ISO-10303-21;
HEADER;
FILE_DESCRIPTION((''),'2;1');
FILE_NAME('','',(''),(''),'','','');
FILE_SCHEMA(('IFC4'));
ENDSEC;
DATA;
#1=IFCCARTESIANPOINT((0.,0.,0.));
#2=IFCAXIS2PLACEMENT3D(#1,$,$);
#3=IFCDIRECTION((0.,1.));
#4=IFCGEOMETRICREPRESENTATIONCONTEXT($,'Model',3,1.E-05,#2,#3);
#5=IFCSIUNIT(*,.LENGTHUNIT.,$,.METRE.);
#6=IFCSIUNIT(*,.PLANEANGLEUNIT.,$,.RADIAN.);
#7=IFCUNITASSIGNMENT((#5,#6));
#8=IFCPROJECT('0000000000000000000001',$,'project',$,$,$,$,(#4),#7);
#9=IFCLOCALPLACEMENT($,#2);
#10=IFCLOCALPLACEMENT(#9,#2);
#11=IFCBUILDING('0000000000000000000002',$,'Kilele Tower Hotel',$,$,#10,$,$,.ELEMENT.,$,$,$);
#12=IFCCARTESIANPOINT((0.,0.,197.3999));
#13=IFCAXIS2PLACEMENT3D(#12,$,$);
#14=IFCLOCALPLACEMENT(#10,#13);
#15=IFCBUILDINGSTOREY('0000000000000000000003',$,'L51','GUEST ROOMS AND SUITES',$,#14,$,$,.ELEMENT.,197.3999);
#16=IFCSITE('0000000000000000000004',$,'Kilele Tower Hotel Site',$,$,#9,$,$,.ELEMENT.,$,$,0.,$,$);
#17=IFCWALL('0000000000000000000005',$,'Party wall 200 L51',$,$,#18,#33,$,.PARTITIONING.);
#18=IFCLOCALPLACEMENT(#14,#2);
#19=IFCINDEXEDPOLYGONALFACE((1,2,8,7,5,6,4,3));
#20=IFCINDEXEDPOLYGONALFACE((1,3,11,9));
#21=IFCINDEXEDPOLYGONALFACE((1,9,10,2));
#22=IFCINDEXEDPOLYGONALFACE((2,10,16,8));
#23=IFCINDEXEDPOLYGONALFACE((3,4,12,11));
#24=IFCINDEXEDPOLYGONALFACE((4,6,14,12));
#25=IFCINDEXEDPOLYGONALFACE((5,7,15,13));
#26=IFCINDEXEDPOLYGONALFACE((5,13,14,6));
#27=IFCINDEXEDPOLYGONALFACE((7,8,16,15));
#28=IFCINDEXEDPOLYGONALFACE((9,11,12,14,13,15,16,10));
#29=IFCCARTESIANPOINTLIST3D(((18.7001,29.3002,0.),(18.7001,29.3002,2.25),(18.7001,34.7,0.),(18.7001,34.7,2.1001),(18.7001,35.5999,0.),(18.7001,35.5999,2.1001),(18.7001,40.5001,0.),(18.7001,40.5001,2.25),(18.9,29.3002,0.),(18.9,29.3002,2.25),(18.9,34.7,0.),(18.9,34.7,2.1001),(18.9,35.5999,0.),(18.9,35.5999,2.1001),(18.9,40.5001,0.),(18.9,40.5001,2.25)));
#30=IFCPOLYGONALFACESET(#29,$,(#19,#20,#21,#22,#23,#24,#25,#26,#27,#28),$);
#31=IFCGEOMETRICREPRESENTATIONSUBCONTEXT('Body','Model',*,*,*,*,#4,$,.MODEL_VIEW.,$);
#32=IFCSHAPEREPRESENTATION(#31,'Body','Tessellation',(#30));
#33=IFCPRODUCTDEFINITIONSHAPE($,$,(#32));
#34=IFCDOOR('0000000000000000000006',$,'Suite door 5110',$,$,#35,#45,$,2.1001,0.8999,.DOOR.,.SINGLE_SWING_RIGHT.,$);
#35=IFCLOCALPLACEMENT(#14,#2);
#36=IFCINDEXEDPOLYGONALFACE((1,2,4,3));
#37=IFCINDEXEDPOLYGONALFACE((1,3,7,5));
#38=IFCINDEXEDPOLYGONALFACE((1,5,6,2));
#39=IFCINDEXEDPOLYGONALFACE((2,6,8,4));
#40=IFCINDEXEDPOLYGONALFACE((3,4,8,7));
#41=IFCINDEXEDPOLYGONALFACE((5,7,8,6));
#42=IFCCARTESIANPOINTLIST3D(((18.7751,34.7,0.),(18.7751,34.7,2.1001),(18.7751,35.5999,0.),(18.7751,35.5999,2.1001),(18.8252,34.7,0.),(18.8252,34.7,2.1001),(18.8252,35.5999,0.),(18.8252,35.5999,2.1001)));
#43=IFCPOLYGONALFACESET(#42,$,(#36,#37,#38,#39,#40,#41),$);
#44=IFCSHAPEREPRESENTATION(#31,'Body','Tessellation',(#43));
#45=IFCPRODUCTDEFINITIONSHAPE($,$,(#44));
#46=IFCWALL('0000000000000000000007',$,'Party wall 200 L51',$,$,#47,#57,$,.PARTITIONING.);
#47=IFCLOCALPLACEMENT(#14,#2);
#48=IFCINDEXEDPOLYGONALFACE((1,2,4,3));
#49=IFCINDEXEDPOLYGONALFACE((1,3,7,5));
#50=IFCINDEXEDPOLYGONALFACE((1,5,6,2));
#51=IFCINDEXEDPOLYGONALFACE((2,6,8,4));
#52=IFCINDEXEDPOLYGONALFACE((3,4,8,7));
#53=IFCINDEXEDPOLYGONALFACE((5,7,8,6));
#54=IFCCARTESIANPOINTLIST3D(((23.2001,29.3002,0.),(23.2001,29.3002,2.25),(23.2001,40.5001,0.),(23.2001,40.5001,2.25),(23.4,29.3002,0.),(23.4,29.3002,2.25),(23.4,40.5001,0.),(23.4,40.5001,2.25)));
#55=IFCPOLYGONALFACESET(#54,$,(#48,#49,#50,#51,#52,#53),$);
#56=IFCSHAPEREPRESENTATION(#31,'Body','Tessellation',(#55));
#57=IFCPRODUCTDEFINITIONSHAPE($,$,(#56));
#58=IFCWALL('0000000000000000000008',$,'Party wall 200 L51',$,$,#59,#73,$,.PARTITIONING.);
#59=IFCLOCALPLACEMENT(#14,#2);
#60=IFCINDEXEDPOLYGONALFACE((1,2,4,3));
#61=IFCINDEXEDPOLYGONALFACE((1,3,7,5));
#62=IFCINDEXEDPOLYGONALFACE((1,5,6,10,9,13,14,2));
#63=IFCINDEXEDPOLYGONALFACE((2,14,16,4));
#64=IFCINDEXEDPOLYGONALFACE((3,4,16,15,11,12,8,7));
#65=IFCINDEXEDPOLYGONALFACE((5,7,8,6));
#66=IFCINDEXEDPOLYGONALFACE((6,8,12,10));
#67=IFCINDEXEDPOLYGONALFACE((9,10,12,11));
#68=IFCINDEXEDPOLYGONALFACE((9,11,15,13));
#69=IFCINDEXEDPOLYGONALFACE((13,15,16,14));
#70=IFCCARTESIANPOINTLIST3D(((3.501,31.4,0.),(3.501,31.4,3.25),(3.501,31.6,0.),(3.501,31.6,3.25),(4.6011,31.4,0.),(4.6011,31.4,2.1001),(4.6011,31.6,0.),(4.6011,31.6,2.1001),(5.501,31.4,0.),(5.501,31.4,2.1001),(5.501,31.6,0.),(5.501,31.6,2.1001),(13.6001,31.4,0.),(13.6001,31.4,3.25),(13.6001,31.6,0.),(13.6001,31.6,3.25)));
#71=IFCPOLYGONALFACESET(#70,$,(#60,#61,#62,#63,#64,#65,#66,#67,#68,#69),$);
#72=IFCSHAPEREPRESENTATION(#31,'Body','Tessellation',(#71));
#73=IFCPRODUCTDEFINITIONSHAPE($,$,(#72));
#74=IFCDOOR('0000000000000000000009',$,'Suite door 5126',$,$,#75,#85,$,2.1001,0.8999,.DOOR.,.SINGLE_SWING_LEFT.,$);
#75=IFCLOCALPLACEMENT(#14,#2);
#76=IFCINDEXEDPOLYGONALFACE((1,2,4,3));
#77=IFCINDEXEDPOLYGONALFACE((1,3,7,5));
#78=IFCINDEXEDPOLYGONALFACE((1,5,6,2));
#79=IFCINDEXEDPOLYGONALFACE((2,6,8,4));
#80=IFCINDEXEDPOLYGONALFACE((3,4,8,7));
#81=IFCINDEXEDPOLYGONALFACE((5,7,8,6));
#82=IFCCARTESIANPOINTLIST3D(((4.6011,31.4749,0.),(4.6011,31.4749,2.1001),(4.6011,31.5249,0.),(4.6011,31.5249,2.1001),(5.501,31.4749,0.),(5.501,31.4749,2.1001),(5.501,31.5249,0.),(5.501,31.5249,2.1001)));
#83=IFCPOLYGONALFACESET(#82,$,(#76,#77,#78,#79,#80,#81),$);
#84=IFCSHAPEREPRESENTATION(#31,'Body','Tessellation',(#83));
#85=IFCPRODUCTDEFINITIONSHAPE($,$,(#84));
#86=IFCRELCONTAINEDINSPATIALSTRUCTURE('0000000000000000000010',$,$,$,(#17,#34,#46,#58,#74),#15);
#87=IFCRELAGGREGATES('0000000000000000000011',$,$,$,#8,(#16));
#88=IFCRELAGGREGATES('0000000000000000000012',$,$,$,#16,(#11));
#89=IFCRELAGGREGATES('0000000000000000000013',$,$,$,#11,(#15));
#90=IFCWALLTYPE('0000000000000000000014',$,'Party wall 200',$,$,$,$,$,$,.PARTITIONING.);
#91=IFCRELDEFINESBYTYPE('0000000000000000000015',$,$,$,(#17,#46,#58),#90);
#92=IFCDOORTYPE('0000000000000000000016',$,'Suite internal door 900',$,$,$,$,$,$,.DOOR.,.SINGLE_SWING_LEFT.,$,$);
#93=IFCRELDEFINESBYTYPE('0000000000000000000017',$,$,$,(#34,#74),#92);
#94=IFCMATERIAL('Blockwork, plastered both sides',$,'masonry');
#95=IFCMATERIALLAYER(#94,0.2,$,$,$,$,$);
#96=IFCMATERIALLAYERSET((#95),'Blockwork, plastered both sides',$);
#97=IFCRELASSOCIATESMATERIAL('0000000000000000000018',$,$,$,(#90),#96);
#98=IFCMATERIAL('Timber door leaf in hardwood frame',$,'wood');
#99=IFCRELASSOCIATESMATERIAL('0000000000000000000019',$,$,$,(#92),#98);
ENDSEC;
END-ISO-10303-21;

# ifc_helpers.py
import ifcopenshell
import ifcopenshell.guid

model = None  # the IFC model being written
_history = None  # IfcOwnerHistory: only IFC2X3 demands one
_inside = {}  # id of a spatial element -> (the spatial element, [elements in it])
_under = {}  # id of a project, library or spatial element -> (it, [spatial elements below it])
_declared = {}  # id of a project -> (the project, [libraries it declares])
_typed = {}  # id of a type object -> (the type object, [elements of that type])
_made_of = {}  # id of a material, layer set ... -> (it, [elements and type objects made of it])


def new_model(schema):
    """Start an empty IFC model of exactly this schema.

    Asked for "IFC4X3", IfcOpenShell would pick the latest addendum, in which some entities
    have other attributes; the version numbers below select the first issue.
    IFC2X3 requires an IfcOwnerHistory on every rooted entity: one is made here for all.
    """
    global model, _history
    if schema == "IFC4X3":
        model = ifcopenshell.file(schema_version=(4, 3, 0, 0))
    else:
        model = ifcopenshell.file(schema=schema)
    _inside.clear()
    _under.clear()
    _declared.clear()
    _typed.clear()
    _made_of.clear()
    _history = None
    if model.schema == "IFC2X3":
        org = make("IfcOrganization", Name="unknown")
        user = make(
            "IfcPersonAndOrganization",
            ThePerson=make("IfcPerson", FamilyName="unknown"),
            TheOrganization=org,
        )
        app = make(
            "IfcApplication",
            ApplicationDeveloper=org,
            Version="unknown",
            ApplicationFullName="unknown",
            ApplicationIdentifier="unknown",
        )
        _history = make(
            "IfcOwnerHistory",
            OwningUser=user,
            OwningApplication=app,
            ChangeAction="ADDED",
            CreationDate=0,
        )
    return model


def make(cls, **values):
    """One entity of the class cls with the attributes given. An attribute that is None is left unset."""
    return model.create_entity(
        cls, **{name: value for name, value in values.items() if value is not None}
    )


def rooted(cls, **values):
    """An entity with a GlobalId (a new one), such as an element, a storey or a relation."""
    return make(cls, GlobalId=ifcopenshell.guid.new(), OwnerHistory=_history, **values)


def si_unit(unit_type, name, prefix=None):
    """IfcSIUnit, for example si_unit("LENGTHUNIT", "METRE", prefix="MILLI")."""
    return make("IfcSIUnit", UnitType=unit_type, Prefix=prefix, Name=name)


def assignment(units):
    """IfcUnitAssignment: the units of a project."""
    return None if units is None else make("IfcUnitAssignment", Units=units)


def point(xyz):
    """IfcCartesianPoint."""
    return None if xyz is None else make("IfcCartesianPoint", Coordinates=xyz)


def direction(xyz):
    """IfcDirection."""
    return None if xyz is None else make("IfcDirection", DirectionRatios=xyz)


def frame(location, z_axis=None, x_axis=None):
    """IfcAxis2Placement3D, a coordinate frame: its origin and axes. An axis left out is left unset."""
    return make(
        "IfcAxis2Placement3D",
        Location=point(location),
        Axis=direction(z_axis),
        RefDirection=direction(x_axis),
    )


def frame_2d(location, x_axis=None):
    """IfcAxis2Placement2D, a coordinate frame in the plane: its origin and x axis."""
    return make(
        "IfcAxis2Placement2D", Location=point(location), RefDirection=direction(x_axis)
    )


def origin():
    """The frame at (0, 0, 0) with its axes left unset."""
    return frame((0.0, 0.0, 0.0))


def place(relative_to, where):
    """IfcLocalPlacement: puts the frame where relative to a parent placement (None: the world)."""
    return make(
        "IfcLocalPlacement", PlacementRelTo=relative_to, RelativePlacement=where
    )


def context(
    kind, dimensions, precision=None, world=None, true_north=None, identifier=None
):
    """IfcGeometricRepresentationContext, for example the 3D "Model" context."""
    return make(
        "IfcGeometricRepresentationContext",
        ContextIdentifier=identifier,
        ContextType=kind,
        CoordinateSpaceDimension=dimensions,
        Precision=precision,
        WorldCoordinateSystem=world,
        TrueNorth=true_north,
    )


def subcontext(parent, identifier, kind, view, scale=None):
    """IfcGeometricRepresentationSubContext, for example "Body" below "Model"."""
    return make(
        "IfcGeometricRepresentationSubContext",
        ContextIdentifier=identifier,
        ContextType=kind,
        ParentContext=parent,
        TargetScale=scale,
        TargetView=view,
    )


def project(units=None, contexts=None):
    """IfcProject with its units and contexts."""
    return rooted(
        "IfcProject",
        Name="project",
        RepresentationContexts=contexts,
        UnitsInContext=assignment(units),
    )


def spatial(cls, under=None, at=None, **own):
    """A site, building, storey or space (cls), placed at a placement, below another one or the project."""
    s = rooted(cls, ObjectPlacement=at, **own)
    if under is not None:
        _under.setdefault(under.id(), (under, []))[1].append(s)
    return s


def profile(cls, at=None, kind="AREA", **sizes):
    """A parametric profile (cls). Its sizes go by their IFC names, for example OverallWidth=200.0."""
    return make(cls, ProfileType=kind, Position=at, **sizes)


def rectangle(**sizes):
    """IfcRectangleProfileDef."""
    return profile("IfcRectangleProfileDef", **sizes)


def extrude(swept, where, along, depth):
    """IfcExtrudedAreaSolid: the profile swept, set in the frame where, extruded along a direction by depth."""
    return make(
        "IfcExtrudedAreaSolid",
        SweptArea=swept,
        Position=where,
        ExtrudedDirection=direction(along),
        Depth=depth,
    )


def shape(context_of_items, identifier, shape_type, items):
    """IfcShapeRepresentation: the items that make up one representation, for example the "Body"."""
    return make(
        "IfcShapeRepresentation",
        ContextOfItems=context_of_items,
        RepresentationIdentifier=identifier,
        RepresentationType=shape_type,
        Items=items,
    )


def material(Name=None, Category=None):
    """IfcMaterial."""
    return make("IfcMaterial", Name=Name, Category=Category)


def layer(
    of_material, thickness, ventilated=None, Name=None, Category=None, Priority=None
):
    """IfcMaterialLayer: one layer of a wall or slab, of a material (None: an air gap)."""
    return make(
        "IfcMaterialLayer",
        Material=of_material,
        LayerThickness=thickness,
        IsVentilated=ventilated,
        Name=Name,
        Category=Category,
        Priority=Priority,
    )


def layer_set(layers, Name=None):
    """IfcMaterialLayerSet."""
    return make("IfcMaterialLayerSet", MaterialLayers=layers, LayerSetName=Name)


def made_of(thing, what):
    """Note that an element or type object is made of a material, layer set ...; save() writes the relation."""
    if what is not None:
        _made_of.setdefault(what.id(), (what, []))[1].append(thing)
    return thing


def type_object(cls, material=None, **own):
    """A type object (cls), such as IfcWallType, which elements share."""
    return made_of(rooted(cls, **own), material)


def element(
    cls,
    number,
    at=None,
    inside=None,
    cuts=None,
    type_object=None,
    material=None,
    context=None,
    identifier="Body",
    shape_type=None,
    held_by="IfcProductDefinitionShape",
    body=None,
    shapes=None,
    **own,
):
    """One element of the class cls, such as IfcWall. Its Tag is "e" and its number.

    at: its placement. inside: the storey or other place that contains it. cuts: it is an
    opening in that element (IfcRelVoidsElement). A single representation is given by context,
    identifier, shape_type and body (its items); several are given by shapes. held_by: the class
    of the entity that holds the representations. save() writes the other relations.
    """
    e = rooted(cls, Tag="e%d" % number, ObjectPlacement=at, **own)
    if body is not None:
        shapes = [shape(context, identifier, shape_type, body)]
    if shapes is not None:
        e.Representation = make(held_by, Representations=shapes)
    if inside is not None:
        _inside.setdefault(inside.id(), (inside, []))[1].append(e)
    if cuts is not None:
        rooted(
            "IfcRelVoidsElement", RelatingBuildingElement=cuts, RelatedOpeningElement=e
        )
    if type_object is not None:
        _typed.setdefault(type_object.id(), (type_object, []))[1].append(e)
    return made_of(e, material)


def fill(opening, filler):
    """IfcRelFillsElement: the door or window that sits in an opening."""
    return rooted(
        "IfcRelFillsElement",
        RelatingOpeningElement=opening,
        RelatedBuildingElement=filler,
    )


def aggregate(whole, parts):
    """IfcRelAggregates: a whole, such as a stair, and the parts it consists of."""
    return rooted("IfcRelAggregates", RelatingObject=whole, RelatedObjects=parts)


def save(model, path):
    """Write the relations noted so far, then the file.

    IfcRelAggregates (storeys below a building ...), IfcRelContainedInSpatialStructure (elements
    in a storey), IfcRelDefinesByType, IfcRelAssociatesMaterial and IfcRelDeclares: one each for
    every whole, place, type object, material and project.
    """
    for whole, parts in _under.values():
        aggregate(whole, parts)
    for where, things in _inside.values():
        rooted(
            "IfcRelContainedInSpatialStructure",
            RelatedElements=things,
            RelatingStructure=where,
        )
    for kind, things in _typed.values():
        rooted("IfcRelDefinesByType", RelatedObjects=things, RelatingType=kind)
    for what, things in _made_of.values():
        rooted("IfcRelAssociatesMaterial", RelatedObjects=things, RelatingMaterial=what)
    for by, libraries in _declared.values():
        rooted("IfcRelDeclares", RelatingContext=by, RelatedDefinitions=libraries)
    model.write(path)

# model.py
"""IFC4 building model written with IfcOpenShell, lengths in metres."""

from ifc_helpers import new_model, si_unit, direction, frame, frame_2d, origin, place, context, subcontext, project, spatial, rectangle, extrude, material, layer, layer_set, type_object, element, fill, save


model = new_model("IFC4")

# Units and contexts
model_context = context("Model", 3, precision=1e-05, world=origin(), true_north=direction((0.0, 1.0)))
body_context = subcontext(model_context, "Body", "Model", "MODEL_VIEW")
ifc_project = project(units=[si_unit("LENGTHUNIT", "METRE"), si_unit("PLANEANGLEUNIT", "RADIAN")], contexts=[model_context])

# Site, building, storey
site_placement = place(None, origin())
site = spatial("IfcSite", under=ifc_project, at=site_placement, Name="Kilele Tower Hotel Site", CompositionType="ELEMENT", RefElevation=0.0)
building_placement = place(site_placement, origin())
building = spatial("IfcBuilding", under=site, at=building_placement, Name="Kilele Tower Hotel", CompositionType="ELEMENT")
storey_placement = place(building_placement, frame((0.0, 0.0, 197.3999)))
storey = spatial("IfcBuildingStorey", under=building, at=storey_placement, Name="L51", Description="GUEST ROOMS AND SUITES", CompositionType="ELEMENT", Elevation=197.3999)

# Wall, opening, door
ifc_material_1 = material(Name="Blockwork, plastered both sides", Category="masonry")
ifc_layer_1 = layer(ifc_material_1, 0.2)
ifc_layer_set_1 = layer_set([ifc_layer_1], Name="Blockwork, plastered both sides")
wall_type_1 = type_object("IfcWallType", Name="Party wall 200", PredefinedType="PARTITIONING", material=ifc_layer_set_1)
wall_1_placement = place(storey_placement, frame((18.8, 29.3, 0.0), z_axis=(0.0, 0.0, 1.0), x_axis=(0.0, 1.0, 0.0)))
wall_1 = element("IfcWall", 1, at=wall_1_placement, inside=storey, type_object=wall_type_1, Name="Party wall 200 L51", PredefinedType="PARTITIONING", context=body_context, shape_type="SweptSolid", body=[
    extrude(rectangle(XDim=11.2, YDim=0.2, at=frame_2d((5.6001, 0.0))), origin(), (0.0, 0.0, 1.0), 2.25),
])
opening_1_placement = place(wall_1_placement, frame((5.3999, 0.0, 0.0)))
opening_1 = element("IfcOpeningElement", 2, at=opening_1_placement, cuts=wall_1, PredefinedType="OPENING", context=body_context, shape_type="SweptSolid", body=[
    extrude(rectangle(XDim=0.8999, YDim=2.1001, at=frame_2d((0.45, 1.05))), frame((0.0, 0.1099, 0.0), z_axis=(0.0, -1.0, 0.0), x_axis=(1.0, 0.0, 0.0)), (0.0, 0.0, 1.0), 0.22),
])
ifc_material_2 = material(Name="Timber door leaf in hardwood frame", Category="wood")
door_type_1 = type_object("IfcDoorType", Name="Suite internal door 900", OperationType="SINGLE_SWING_LEFT", PredefinedType="DOOR", material=ifc_material_2)
door_1_placement = place(opening_1_placement, origin())
door_1 = element("IfcDoor", 3, at=door_1_placement, inside=storey, type_object=door_type_1, Name="Suite door 5110", OperationType="SINGLE_SWING_RIGHT", OverallHeight=2.1001, OverallWidth=0.8999, PredefinedType="DOOR", context=body_context, shape_type="SweptSolid", body=[
    extrude(rectangle(XDim=0.8999, YDim=2.1001, at=frame_2d((0.45, 1.05))), frame((0.0, 0.0249, 0.0), z_axis=(0.0, -1.0, 0.0), x_axis=(1.0, 0.0, 0.0)), (0.0, 0.0, 1.0), 0.05),
])
fill(opening_1, door_1)

# Wall
wall_2_placement = place(storey_placement, frame((23.3, 29.3, 0.0), z_axis=(0.0, 0.0, 1.0), x_axis=(0.0, 1.0, 0.0)))
element("IfcWall", 4, at=wall_2_placement, inside=storey, type_object=wall_type_1, Name="Party wall 200 L51", PredefinedType="PARTITIONING", context=body_context, shape_type="SweptSolid", body=[
    extrude(rectangle(XDim=11.2, YDim=0.2, at=frame_2d((5.6001, 0.0))), origin(), (0.0, 0.0, 1.0), 2.25),
])

# Wall, opening, door
wall_3_placement = place(storey_placement, frame((13.6001, 31.5, 0.0), z_axis=(0.0, 0.0, 1.0), x_axis=(-1.0, 0.0, 0.0)))
wall_3 = element("IfcWall", 5, at=wall_3_placement, inside=storey, type_object=wall_type_1, Name="Party wall 200 L51", PredefinedType="PARTITIONING", context=body_context, shape_type="SweptSolid", body=[
    extrude(rectangle(XDim=10.0991, YDim=0.2, at=frame_2d((5.0496, 0.0))), origin(), (0.0, 0.0, 1.0), 3.25),
])
opening_2_placement = place(wall_3_placement, frame((8.999, 0.0, 0.0), z_axis=(0.0, 0.0, 1.0), x_axis=(-1.0, 0.0, 0.0)))
opening_2 = element("IfcOpeningElement", 6, at=opening_2_placement, cuts=wall_3, PredefinedType="OPENING", context=body_context, shape_type="SweptSolid", body=[
    extrude(rectangle(XDim=0.8999, YDim=2.1001, at=frame_2d((0.45, 1.05))), frame((0.0, 0.1099, 0.0), z_axis=(0.0, -1.0, 0.0), x_axis=(1.0, 0.0, 0.0)), (0.0, 0.0, 1.0), 0.22),
])
door_2_placement = place(opening_2_placement, origin())
door_2 = element("IfcDoor", 7, at=door_2_placement, inside=storey, type_object=door_type_1, Name="Suite door 5126", OperationType="SINGLE_SWING_LEFT", OverallHeight=2.1001, OverallWidth=0.8999, PredefinedType="DOOR", context=body_context, shape_type="SweptSolid", body=[
    extrude(rectangle(XDim=0.8999, YDim=2.1001, at=frame_2d((0.45, 1.05))), frame((0.0, 0.0249, 0.0), z_axis=(0.0, -1.0, 0.0), x_axis=(1.0, 0.0, 0.0)), (0.0, 0.0, 1.0), 0.05),
])
fill(opening_2, door_2)

save(model, "model.ifc")
